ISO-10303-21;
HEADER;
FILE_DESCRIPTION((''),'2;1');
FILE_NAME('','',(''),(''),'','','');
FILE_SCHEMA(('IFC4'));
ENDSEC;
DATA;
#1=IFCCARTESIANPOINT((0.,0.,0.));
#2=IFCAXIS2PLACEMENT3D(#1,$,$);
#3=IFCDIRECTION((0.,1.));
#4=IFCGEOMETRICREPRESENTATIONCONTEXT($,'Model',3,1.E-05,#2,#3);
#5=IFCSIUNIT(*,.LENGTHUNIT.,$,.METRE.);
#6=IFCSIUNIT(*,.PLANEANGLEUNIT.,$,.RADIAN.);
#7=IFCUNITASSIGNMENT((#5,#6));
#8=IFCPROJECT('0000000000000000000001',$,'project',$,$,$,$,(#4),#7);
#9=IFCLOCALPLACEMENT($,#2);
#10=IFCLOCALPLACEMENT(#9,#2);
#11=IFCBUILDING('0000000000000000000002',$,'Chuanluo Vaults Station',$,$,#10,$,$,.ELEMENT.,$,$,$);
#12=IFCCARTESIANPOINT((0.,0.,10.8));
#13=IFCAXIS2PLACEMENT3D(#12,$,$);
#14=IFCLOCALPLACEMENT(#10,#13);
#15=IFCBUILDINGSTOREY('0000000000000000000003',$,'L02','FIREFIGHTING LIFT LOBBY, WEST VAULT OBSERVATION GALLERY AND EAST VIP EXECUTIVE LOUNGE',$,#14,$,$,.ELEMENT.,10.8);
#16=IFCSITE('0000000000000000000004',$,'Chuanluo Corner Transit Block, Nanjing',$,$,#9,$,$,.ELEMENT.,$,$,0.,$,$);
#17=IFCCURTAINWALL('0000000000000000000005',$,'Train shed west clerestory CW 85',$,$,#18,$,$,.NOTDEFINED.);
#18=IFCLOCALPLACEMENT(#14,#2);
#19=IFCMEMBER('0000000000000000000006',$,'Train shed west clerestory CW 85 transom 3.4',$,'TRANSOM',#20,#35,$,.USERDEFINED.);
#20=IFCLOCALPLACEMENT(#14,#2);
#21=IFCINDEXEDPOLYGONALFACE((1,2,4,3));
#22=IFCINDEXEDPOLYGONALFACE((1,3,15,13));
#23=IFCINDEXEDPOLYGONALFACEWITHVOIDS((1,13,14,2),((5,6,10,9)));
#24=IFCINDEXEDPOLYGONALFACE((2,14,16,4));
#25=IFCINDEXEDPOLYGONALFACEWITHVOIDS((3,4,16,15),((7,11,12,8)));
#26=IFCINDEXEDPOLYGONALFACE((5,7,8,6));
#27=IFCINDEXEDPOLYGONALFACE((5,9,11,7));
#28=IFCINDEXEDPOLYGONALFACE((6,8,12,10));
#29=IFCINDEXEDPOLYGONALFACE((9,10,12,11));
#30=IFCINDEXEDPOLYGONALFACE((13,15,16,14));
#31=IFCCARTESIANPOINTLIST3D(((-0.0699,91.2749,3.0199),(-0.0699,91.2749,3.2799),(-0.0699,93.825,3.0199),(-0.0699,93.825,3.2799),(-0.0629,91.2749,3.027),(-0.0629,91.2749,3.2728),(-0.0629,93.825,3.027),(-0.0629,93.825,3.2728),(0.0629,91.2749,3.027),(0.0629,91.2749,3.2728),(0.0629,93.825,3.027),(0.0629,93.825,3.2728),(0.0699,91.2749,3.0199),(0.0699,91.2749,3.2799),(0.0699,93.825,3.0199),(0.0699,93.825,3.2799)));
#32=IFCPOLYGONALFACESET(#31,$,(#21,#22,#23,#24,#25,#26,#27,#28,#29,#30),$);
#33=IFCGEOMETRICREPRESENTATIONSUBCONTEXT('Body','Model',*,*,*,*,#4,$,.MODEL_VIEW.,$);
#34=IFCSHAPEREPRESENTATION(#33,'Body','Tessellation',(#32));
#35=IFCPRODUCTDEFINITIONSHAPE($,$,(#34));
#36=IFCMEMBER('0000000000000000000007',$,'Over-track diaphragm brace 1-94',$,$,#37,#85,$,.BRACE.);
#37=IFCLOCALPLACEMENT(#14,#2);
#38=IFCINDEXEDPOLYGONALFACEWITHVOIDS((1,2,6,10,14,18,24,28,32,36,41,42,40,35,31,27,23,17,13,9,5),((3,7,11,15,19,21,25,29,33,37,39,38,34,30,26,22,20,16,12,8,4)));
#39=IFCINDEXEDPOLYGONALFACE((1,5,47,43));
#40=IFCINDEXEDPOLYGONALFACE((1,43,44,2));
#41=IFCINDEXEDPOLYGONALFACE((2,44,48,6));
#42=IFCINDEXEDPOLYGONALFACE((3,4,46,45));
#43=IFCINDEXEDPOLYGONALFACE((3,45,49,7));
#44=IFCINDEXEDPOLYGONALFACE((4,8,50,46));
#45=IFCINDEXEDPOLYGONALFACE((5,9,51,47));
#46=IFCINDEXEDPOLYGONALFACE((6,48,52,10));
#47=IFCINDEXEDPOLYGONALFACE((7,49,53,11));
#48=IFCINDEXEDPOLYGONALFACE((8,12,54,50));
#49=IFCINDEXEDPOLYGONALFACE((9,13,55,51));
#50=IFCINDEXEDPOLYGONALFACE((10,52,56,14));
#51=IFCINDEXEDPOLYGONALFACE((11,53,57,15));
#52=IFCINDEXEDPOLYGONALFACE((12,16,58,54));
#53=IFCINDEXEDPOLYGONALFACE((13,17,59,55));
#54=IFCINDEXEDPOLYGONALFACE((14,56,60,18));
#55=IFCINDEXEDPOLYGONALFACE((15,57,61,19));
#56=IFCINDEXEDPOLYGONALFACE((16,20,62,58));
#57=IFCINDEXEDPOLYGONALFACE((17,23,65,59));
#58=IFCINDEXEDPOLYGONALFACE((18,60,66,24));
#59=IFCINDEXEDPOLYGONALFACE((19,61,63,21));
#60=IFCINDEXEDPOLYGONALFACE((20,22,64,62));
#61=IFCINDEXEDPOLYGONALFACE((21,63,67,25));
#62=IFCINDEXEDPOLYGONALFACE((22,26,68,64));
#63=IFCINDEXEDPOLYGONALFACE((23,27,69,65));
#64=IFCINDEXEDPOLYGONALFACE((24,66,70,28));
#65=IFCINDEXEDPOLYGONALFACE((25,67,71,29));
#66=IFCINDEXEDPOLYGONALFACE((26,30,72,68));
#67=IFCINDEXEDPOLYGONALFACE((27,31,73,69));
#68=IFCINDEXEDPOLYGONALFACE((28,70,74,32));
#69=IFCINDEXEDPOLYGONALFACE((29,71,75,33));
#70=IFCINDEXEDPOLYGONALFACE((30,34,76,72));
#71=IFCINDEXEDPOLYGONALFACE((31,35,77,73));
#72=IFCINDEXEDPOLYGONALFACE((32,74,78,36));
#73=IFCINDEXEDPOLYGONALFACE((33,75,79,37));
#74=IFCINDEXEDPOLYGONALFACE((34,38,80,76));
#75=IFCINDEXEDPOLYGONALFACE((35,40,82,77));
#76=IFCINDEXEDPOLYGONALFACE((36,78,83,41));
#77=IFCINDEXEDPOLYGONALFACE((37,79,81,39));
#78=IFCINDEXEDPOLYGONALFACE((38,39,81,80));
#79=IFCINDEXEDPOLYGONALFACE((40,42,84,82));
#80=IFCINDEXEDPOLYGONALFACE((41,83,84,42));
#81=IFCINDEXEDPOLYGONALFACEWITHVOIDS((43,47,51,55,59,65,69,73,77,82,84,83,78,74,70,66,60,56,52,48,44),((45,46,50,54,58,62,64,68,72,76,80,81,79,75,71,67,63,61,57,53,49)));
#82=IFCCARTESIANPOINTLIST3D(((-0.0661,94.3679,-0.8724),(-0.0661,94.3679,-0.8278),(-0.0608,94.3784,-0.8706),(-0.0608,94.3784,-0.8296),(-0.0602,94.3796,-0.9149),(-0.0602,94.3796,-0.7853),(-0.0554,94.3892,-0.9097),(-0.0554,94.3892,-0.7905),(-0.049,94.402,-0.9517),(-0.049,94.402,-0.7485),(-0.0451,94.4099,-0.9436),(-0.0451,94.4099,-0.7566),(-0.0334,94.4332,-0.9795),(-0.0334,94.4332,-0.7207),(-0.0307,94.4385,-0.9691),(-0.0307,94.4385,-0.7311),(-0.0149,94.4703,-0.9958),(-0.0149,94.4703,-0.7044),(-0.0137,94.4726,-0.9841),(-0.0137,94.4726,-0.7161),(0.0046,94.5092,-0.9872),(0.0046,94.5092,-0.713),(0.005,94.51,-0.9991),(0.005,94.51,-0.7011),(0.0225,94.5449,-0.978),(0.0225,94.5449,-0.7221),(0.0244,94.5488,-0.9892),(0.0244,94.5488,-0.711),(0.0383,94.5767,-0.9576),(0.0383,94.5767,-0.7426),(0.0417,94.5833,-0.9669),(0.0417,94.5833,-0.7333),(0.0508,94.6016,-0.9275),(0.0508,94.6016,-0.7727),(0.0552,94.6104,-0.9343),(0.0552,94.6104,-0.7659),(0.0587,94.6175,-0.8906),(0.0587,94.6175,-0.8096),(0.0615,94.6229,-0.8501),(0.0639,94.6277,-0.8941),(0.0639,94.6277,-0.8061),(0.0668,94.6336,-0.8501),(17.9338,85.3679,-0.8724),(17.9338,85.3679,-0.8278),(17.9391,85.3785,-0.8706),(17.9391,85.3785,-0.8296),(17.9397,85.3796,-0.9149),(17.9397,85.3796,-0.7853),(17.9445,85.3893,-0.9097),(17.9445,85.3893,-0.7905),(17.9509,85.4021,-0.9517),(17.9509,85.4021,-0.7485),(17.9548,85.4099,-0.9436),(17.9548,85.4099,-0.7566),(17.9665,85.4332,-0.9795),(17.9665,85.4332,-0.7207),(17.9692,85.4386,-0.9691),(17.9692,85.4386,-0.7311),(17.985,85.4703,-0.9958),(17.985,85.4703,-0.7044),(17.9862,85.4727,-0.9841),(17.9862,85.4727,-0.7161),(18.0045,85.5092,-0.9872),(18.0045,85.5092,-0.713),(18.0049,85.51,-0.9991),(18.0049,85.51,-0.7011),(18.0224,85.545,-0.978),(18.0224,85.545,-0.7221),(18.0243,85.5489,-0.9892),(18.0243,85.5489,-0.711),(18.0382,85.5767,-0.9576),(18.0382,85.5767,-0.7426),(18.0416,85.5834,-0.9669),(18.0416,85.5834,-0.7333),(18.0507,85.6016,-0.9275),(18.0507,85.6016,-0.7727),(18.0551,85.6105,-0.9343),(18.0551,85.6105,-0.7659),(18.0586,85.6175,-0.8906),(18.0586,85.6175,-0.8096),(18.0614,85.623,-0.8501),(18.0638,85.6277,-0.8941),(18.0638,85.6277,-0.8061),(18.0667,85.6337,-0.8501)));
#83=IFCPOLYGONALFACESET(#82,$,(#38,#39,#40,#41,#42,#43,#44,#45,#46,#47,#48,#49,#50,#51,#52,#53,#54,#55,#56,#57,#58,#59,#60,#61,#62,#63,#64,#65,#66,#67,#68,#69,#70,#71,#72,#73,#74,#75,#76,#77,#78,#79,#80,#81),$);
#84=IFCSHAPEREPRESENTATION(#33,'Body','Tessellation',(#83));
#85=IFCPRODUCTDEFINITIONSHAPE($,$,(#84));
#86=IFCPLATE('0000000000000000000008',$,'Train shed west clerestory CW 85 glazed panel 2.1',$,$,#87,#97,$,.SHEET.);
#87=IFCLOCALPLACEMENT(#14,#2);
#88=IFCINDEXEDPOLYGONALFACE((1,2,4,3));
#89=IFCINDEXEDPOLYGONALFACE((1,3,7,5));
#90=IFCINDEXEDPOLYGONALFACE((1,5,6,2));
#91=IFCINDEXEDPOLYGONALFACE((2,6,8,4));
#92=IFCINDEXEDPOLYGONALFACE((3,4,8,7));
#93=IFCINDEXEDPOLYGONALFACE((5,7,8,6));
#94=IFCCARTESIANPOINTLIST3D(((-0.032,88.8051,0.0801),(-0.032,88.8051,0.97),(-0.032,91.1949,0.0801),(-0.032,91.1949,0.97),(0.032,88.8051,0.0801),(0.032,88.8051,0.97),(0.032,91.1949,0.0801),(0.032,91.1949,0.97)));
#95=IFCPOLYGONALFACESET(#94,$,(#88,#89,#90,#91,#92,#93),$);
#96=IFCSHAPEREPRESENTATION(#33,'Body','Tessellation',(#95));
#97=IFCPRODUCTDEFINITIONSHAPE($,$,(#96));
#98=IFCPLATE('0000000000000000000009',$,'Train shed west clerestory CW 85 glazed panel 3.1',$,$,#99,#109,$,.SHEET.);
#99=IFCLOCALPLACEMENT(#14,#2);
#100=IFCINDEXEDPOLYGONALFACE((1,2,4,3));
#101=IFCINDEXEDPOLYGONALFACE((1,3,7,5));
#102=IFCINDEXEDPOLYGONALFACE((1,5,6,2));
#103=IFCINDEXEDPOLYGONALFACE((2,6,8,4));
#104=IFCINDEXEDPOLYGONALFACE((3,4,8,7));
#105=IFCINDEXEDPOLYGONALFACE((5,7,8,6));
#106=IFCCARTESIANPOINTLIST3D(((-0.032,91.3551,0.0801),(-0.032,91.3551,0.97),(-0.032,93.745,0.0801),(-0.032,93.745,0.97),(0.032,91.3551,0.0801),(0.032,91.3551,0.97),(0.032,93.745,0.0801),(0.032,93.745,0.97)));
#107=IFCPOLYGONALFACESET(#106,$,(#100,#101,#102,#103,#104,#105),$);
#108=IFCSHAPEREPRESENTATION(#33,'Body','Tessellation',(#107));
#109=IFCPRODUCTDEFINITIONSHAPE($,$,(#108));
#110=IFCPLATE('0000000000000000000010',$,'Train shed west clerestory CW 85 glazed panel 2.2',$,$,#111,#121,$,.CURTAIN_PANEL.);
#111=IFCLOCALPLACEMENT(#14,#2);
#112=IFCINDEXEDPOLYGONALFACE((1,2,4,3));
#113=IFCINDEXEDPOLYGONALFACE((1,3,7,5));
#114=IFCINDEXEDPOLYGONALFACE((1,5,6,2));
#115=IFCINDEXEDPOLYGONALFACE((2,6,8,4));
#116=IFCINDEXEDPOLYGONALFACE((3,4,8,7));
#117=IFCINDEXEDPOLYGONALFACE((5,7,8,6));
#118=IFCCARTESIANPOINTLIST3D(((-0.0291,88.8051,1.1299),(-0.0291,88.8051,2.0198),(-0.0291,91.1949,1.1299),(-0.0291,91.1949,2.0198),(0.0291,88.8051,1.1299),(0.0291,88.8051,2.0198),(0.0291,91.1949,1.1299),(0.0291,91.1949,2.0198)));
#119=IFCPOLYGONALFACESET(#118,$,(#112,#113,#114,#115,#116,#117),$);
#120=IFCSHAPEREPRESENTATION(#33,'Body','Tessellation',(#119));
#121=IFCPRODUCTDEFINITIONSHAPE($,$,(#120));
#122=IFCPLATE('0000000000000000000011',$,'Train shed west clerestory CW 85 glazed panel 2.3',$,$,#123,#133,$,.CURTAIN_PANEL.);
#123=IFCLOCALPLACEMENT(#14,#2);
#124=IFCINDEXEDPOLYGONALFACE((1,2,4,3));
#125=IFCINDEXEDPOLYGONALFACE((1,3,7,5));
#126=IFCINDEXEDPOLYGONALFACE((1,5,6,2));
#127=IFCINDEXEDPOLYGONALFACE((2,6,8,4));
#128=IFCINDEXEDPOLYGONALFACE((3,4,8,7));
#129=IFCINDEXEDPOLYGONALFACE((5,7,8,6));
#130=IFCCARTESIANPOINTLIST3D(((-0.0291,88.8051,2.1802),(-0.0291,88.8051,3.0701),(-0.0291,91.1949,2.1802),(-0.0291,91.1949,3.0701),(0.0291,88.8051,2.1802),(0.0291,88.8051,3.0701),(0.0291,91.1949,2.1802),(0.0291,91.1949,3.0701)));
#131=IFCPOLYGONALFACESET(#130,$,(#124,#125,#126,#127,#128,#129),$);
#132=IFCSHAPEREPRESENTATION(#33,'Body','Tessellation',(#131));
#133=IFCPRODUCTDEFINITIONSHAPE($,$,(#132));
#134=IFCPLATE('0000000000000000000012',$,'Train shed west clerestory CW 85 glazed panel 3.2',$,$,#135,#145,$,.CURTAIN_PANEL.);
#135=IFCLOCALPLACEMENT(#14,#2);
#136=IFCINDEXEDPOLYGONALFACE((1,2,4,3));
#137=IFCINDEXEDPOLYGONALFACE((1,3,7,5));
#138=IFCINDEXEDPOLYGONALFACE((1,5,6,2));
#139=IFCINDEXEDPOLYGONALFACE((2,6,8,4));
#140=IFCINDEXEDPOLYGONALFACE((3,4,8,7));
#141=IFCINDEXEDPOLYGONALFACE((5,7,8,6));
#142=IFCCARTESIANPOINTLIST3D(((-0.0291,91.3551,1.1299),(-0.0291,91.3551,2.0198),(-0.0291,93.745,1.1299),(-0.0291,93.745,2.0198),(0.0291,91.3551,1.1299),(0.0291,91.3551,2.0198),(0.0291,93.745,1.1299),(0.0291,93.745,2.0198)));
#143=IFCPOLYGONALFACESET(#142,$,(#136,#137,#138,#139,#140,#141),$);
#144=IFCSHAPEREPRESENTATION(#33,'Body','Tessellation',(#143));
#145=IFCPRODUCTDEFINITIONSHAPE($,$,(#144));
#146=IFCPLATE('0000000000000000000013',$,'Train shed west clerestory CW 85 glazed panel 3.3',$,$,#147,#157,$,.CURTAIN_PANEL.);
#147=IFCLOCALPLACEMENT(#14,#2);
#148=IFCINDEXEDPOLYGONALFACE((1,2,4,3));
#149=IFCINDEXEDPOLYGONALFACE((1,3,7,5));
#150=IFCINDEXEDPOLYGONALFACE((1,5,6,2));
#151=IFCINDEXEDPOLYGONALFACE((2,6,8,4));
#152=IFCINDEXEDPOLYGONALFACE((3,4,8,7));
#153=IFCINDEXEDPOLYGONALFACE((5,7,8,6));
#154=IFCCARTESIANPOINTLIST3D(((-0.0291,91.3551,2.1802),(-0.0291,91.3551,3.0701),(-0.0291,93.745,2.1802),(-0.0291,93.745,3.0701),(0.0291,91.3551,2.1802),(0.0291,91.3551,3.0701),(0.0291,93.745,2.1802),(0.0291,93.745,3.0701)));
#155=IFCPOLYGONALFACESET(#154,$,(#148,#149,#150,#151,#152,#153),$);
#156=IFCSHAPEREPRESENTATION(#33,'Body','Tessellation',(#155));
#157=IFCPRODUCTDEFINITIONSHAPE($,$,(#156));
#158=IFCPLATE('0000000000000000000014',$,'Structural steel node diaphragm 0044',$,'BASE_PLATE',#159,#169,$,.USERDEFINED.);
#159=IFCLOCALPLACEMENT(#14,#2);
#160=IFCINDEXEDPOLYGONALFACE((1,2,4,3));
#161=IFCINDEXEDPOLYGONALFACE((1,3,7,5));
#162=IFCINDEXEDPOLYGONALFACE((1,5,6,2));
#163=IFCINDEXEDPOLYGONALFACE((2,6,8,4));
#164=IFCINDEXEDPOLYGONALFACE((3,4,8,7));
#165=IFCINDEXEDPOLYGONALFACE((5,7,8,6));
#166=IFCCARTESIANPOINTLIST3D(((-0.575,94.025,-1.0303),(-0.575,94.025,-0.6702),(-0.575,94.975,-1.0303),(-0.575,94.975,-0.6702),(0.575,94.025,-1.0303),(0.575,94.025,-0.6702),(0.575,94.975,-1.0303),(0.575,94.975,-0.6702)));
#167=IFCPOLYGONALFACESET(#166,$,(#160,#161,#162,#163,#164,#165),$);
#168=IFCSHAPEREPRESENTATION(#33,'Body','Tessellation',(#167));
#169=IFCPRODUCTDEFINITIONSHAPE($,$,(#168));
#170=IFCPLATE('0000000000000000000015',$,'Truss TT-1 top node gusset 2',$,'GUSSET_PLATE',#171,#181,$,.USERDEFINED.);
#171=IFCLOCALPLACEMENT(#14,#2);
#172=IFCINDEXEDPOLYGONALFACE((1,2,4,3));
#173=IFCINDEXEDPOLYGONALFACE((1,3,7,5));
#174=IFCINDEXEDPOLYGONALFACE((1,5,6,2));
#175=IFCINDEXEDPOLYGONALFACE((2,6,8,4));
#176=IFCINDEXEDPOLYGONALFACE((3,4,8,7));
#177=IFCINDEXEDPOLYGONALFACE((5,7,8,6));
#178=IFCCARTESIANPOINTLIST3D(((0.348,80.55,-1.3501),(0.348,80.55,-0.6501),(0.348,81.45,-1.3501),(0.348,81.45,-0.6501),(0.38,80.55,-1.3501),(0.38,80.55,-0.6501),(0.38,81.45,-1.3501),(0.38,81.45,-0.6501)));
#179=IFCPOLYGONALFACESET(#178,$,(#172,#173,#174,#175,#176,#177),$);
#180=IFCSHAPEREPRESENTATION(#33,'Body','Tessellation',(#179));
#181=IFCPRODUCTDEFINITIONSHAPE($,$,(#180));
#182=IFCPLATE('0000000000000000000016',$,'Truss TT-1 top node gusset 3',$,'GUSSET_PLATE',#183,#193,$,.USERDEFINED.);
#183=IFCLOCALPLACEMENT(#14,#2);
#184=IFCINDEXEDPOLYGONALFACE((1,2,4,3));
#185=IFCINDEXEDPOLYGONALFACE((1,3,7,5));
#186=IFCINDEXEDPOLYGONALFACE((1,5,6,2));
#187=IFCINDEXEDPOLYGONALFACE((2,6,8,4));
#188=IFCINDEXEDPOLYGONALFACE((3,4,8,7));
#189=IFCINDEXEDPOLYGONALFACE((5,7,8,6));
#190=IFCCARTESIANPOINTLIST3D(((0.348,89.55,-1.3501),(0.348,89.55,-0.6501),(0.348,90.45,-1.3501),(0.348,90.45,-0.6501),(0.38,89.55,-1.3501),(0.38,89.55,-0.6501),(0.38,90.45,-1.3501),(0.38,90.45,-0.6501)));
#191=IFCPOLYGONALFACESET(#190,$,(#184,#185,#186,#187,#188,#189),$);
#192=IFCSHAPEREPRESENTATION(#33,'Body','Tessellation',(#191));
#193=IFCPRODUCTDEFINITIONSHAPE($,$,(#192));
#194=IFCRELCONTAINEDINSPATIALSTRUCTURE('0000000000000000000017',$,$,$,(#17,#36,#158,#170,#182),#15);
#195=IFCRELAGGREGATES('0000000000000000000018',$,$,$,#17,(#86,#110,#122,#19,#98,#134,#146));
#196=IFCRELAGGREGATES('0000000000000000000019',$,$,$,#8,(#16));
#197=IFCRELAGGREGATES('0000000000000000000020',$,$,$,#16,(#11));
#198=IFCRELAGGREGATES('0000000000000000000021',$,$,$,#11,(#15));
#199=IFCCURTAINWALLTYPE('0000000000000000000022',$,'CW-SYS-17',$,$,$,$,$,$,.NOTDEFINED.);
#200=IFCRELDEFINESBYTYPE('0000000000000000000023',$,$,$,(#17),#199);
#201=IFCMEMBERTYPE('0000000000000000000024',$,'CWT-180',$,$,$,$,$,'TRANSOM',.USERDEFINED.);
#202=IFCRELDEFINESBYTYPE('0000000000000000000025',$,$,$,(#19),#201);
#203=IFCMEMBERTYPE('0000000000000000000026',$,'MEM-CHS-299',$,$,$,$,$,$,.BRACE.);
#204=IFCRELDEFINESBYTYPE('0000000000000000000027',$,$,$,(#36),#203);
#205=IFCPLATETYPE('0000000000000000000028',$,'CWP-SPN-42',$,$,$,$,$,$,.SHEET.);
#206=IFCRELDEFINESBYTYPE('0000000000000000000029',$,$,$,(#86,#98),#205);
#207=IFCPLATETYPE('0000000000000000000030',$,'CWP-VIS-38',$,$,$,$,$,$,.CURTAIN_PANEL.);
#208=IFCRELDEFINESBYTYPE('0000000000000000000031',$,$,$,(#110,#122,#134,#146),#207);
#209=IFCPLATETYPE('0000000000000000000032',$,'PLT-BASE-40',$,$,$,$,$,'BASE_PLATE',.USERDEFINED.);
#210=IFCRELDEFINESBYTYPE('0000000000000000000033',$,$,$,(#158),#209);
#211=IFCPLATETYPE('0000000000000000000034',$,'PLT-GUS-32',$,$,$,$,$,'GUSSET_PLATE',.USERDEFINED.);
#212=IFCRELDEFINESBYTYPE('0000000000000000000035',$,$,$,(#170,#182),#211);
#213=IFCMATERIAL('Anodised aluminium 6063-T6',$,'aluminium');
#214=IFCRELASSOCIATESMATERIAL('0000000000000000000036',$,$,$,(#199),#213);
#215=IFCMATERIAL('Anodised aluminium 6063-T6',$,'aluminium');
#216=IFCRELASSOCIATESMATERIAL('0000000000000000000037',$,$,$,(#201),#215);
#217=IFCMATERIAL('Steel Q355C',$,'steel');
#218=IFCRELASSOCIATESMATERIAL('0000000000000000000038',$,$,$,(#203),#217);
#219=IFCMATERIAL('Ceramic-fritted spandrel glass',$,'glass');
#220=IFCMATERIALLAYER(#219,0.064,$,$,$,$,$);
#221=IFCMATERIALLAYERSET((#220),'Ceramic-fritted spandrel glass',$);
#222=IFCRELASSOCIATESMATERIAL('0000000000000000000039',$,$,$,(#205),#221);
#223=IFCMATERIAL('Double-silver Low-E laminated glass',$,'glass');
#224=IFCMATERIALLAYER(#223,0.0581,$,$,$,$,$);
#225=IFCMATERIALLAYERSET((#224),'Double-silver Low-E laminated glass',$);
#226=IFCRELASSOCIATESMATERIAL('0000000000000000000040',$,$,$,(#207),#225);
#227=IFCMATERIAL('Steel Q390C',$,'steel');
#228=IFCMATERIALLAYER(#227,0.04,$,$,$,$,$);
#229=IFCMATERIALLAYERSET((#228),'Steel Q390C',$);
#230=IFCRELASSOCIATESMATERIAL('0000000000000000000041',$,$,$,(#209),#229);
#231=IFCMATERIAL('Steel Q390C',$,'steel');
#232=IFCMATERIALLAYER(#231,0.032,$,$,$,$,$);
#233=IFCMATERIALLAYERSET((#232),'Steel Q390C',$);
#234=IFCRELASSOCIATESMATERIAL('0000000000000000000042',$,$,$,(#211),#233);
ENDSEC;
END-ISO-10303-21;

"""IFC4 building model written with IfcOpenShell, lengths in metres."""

from ifc_helpers import new_model, si_unit, direction, frame, origin, origin_2d, place, context, subcontext, project, spatial, rectangle, hollow_rectangle, hollow_circle, extrude, material, layer, layer_set, material_profile, profile_set, type_object, element, aggregate, save


model = new_model("IFC4")

# Units and contexts
model_context = context("Model", 3, precision=1e-05, world=origin(), true_north=direction((0.0, 1.0)))
body_context = subcontext(model_context, "Body", "Model", "MODEL_VIEW")
ifc_project = project(units=[si_unit("LENGTHUNIT", "METRE"), si_unit("PLANEANGLEUNIT", "RADIAN")], contexts=[model_context])

# Site, building, storey
site_placement = place(None, origin())
site = spatial("IfcSite", under=ifc_project, at=site_placement, Name="Chuanluo Corner Transit Block, Nanjing", CompositionType="ELEMENT", RefElevation=0.0)
building_placement = place(site_placement, origin())
building = spatial("IfcBuilding", under=site, at=building_placement, Name="Chuanluo Vaults Station", CompositionType="ELEMENT")
storey_placement = place(building_placement, frame((0.0, 0.0, 10.8)))
storey = spatial("IfcBuildingStorey", under=building, at=storey_placement, Name="L02", Description="FIREFIGHTING LIFT LOBBY, WEST VAULT OBSERVATION GALLERY AND EAST VIP EXECUTIVE LOUNGE", CompositionType="ELEMENT", Elevation=10.8)

# Curtain wall, member
ifc_material_1 = material(Name="Anodised aluminium 6063-T6", Category="aluminium")
curtain_wall_type = type_object("IfcCurtainWallType", Name="CW-SYS-17", PredefinedType="NOTDEFINED", material=ifc_material_1)
curtain_wall_placement = place(storey_placement, origin())
curtain_wall = element("IfcCurtainWall", 1, at=curtain_wall_placement, inside=storey, type_object=curtain_wall_type, Name="Train shed west clerestory CW 85", PredefinedType="NOTDEFINED")
ifc_material_2 = material(Name="Anodised aluminium 6063-T6", Category="aluminium")
ifc_material_profile_1 = material_profile(ifc_material_2, hollow_rectangle(XDim=0.1399, YDim=0.26, WallThickness=0.0071, at=origin_2d()))
ifc_profile_set_1 = profile_set([ifc_material_profile_1], Name="Anodised aluminium 6063-T6")
member_type_1 = type_object("IfcMemberType", Name="CWT-180", ElementType="TRANSOM", PredefinedType="USERDEFINED", material=ifc_profile_set_1)
member_1_placement = place(storey_placement, frame((0.0, 91.2749, 3.1499), z_axis=(0.0, 1.0, 0.0), x_axis=(-1.0, 0.0, 0.0)))
member_1 = element("IfcMember", 2, at=member_1_placement, type_object=member_type_1, Name="Train shed west clerestory CW 85 transom 3.4", ObjectType="TRANSOM", PredefinedType="USERDEFINED", context=body_context, shape_type="SweptSolid", body=[
    extrude(hollow_rectangle(XDim=0.1399, YDim=0.26, WallThickness=0.0071, at=origin_2d()), origin(), (0.0, 0.0, 1.0), 2.55),
])

# Member
ifc_material_3 = material(Name="Steel Q355C", Category="steel")
ifc_material_profile_2 = material_profile(ifc_material_3, hollow_circle(Radius=0.1494, WallThickness=0.012, at=origin_2d()))
ifc_profile_set_2 = profile_set([ifc_material_profile_2], Name="Steel Q355C")
member_type_2 = type_object("IfcMemberType", Name="MEM-CHS-299", PredefinedType="BRACE", material=ifc_profile_set_2)
member_2_placement = place(storey_placement, frame((0.0, 94.5, -0.8501), z_axis=(0.894427, -0.447214, 0.0), x_axis=(0.447214, 0.894427, 0.0)))
element("IfcMember", 3, at=member_2_placement, inside=storey, type_object=member_type_2, Name="Over-track diaphragm brace 1-94", PredefinedType="BRACE", context=body_context, shape_type="SweptSolid", body=[
    extrude(hollow_circle(Radius=0.1494, WallThickness=0.012, at=origin_2d()), origin(), (0.0, 0.0, 1.0), 20.1245),
])

# Plates
ifc_material_4 = material(Name="Ceramic-fritted spandrel glass", Category="glass")
ifc_layer_1 = layer(ifc_material_4, 0.064)
ifc_layer_set_1 = layer_set([ifc_layer_1], Name="Ceramic-fritted spandrel glass")
plate_type_1 = type_object("IfcPlateType", Name="CWP-SPN-42", PredefinedType="SHEET", material=ifc_layer_set_1)
plate_1_placement = place(storey_placement, frame((0.0, 90.0, 0.0801), z_axis=(0.0, 0.0, 1.0), x_axis=(0.0, 1.0, 0.0)))
plate_1 = element("IfcPlate", 4, at=plate_1_placement, type_object=plate_type_1, Name="Train shed west clerestory CW 85 glazed panel 2.1", PredefinedType="SHEET", context=body_context, shape_type="SweptSolid", body=[
    extrude(rectangle(XDim=2.3899, YDim=0.064, at=origin_2d()), origin(), (0.0, 0.0, 1.0), 0.8899),
])
plate_2_placement = place(storey_placement, frame((0.0, 92.55, 0.0801), z_axis=(0.0, 0.0, 1.0), x_axis=(0.0, 1.0, 0.0)))
plate_2 = element("IfcPlate", 5, at=plate_2_placement, type_object=plate_type_1, Name="Train shed west clerestory CW 85 glazed panel 3.1", PredefinedType="SHEET", context=body_context, shape_type="SweptSolid", body=[
    extrude(rectangle(XDim=2.3899, YDim=0.064, at=origin_2d()), origin(), (0.0, 0.0, 1.0), 0.8899),
])
ifc_material_5 = material(Name="Double-silver Low-E laminated glass", Category="glass")
ifc_layer_2 = layer(ifc_material_5, 0.0581)
ifc_layer_set_2 = layer_set([ifc_layer_2], Name="Double-silver Low-E laminated glass")
plate_type_2 = type_object("IfcPlateType", Name="CWP-VIS-38", PredefinedType="CURTAIN_PANEL", material=ifc_layer_set_2)
plate_3_placement = place(storey_placement, frame((0.0, 90.0, 1.1299), z_axis=(0.0, 0.0, 1.0), x_axis=(0.0, 1.0, 0.0)))
plate_3 = element("IfcPlate", 6, at=plate_3_placement, type_object=plate_type_2, Name="Train shed west clerestory CW 85 glazed panel 2.2", PredefinedType="CURTAIN_PANEL", context=body_context, shape_type="SweptSolid", body=[
    extrude(rectangle(XDim=2.3899, YDim=0.0581, at=origin_2d()), origin(), (0.0, 0.0, 1.0), 0.8899),
])
plate_4_placement = place(storey_placement, frame((0.0, 90.0, 2.1802), z_axis=(0.0, 0.0, 1.0), x_axis=(0.0, 1.0, 0.0)))
plate_4 = element("IfcPlate", 7, at=plate_4_placement, type_object=plate_type_2, Name="Train shed west clerestory CW 85 glazed panel 2.3", PredefinedType="CURTAIN_PANEL", context=body_context, shape_type="SweptSolid", body=[
    extrude(rectangle(XDim=2.3899, YDim=0.0581, at=origin_2d()), origin(), (0.0, 0.0, 1.0), 0.8899),
])
plate_5_placement = place(storey_placement, frame((0.0, 92.55, 1.1299), z_axis=(0.0, 0.0, 1.0), x_axis=(0.0, 1.0, 0.0)))
plate_5 = element("IfcPlate", 8, at=plate_5_placement, type_object=plate_type_2, Name="Train shed west clerestory CW 85 glazed panel 3.2", PredefinedType="CURTAIN_PANEL", context=body_context, shape_type="SweptSolid", body=[
    extrude(rectangle(XDim=2.3899, YDim=0.0581, at=origin_2d()), origin(), (0.0, 0.0, 1.0), 0.8899),
])
plate_6_placement = place(storey_placement, frame((0.0, 92.55, 2.1802), z_axis=(0.0, 0.0, 1.0), x_axis=(0.0, 1.0, 0.0)))
plate_6 = element("IfcPlate", 9, at=plate_6_placement, type_object=plate_type_2, Name="Train shed west clerestory CW 85 glazed panel 3.3", PredefinedType="CURTAIN_PANEL", context=body_context, shape_type="SweptSolid", body=[
    extrude(rectangle(XDim=2.3899, YDim=0.0581, at=origin_2d()), origin(), (0.0, 0.0, 1.0), 0.8899),
])
aggregate(curtain_wall, [plate_1, plate_3, plate_4, member_1, plate_2, plate_5, plate_6])

# Plates
ifc_material_6 = material(Name="Steel Q390C", Category="steel")
ifc_layer_3 = layer(ifc_material_6, 0.04)
ifc_layer_set_3 = layer_set([ifc_layer_3], Name="Steel Q390C")
plate_type_3 = type_object("IfcPlateType", Name="PLT-BASE-40", ElementType="BASE_PLATE", PredefinedType="USERDEFINED", material=ifc_layer_set_3)
plate_7_placement = place(storey_placement, frame((0.0, 94.5, -1.0303), z_axis=(0.0, 0.0, 1.0), x_axis=(1.0, 0.0, 0.0)))
element("IfcPlate", 10, at=plate_7_placement, inside=storey, type_object=plate_type_3, Name="Structural steel node diaphragm 0044", ObjectType="BASE_PLATE", PredefinedType="USERDEFINED", context=body_context, shape_type="SweptSolid", body=[
    extrude(rectangle(XDim=1.1499, YDim=0.95, at=origin_2d()), origin(), (0.0, 0.0, 1.0), 0.3601),
])
ifc_material_7 = material(Name="Steel Q390C", Category="steel")
ifc_layer_4 = layer(ifc_material_7, 0.032)
ifc_layer_set_4 = layer_set([ifc_layer_4], Name="Steel Q390C")
plate_type_4 = type_object("IfcPlateType", Name="PLT-GUS-32", ElementType="GUSSET_PLATE", PredefinedType="USERDEFINED", material=ifc_layer_set_4)
for number, where, z_axis, x_axis, name in (
    (11, (0.364, 81.0, -1.3501), (0.0, 0.0, 1.0), (1.0, 0.0, 0.0), "Truss TT-1 top node gusset 2"),
    (12, (0.364, 90.0, -1.3501), (0.0, 0.0, 1.0), (1.0, 0.0, 0.0), "Truss TT-1 top node gusset 3"),
):
    element("IfcPlate", number, at=place(storey_placement, frame(where, z_axis=z_axis, x_axis=x_axis)), inside=storey, type_object=plate_type_4, Name=name, ObjectType="GUSSET_PLATE", PredefinedType="USERDEFINED", context=body_context, shape_type="SweptSolid", body=[
        extrude(rectangle(XDim=0.032, YDim=0.8999, at=origin_2d()), origin(), (0.0, 0.0, 1.0), 0.7),
    ])

save(model, "model.ifc")
